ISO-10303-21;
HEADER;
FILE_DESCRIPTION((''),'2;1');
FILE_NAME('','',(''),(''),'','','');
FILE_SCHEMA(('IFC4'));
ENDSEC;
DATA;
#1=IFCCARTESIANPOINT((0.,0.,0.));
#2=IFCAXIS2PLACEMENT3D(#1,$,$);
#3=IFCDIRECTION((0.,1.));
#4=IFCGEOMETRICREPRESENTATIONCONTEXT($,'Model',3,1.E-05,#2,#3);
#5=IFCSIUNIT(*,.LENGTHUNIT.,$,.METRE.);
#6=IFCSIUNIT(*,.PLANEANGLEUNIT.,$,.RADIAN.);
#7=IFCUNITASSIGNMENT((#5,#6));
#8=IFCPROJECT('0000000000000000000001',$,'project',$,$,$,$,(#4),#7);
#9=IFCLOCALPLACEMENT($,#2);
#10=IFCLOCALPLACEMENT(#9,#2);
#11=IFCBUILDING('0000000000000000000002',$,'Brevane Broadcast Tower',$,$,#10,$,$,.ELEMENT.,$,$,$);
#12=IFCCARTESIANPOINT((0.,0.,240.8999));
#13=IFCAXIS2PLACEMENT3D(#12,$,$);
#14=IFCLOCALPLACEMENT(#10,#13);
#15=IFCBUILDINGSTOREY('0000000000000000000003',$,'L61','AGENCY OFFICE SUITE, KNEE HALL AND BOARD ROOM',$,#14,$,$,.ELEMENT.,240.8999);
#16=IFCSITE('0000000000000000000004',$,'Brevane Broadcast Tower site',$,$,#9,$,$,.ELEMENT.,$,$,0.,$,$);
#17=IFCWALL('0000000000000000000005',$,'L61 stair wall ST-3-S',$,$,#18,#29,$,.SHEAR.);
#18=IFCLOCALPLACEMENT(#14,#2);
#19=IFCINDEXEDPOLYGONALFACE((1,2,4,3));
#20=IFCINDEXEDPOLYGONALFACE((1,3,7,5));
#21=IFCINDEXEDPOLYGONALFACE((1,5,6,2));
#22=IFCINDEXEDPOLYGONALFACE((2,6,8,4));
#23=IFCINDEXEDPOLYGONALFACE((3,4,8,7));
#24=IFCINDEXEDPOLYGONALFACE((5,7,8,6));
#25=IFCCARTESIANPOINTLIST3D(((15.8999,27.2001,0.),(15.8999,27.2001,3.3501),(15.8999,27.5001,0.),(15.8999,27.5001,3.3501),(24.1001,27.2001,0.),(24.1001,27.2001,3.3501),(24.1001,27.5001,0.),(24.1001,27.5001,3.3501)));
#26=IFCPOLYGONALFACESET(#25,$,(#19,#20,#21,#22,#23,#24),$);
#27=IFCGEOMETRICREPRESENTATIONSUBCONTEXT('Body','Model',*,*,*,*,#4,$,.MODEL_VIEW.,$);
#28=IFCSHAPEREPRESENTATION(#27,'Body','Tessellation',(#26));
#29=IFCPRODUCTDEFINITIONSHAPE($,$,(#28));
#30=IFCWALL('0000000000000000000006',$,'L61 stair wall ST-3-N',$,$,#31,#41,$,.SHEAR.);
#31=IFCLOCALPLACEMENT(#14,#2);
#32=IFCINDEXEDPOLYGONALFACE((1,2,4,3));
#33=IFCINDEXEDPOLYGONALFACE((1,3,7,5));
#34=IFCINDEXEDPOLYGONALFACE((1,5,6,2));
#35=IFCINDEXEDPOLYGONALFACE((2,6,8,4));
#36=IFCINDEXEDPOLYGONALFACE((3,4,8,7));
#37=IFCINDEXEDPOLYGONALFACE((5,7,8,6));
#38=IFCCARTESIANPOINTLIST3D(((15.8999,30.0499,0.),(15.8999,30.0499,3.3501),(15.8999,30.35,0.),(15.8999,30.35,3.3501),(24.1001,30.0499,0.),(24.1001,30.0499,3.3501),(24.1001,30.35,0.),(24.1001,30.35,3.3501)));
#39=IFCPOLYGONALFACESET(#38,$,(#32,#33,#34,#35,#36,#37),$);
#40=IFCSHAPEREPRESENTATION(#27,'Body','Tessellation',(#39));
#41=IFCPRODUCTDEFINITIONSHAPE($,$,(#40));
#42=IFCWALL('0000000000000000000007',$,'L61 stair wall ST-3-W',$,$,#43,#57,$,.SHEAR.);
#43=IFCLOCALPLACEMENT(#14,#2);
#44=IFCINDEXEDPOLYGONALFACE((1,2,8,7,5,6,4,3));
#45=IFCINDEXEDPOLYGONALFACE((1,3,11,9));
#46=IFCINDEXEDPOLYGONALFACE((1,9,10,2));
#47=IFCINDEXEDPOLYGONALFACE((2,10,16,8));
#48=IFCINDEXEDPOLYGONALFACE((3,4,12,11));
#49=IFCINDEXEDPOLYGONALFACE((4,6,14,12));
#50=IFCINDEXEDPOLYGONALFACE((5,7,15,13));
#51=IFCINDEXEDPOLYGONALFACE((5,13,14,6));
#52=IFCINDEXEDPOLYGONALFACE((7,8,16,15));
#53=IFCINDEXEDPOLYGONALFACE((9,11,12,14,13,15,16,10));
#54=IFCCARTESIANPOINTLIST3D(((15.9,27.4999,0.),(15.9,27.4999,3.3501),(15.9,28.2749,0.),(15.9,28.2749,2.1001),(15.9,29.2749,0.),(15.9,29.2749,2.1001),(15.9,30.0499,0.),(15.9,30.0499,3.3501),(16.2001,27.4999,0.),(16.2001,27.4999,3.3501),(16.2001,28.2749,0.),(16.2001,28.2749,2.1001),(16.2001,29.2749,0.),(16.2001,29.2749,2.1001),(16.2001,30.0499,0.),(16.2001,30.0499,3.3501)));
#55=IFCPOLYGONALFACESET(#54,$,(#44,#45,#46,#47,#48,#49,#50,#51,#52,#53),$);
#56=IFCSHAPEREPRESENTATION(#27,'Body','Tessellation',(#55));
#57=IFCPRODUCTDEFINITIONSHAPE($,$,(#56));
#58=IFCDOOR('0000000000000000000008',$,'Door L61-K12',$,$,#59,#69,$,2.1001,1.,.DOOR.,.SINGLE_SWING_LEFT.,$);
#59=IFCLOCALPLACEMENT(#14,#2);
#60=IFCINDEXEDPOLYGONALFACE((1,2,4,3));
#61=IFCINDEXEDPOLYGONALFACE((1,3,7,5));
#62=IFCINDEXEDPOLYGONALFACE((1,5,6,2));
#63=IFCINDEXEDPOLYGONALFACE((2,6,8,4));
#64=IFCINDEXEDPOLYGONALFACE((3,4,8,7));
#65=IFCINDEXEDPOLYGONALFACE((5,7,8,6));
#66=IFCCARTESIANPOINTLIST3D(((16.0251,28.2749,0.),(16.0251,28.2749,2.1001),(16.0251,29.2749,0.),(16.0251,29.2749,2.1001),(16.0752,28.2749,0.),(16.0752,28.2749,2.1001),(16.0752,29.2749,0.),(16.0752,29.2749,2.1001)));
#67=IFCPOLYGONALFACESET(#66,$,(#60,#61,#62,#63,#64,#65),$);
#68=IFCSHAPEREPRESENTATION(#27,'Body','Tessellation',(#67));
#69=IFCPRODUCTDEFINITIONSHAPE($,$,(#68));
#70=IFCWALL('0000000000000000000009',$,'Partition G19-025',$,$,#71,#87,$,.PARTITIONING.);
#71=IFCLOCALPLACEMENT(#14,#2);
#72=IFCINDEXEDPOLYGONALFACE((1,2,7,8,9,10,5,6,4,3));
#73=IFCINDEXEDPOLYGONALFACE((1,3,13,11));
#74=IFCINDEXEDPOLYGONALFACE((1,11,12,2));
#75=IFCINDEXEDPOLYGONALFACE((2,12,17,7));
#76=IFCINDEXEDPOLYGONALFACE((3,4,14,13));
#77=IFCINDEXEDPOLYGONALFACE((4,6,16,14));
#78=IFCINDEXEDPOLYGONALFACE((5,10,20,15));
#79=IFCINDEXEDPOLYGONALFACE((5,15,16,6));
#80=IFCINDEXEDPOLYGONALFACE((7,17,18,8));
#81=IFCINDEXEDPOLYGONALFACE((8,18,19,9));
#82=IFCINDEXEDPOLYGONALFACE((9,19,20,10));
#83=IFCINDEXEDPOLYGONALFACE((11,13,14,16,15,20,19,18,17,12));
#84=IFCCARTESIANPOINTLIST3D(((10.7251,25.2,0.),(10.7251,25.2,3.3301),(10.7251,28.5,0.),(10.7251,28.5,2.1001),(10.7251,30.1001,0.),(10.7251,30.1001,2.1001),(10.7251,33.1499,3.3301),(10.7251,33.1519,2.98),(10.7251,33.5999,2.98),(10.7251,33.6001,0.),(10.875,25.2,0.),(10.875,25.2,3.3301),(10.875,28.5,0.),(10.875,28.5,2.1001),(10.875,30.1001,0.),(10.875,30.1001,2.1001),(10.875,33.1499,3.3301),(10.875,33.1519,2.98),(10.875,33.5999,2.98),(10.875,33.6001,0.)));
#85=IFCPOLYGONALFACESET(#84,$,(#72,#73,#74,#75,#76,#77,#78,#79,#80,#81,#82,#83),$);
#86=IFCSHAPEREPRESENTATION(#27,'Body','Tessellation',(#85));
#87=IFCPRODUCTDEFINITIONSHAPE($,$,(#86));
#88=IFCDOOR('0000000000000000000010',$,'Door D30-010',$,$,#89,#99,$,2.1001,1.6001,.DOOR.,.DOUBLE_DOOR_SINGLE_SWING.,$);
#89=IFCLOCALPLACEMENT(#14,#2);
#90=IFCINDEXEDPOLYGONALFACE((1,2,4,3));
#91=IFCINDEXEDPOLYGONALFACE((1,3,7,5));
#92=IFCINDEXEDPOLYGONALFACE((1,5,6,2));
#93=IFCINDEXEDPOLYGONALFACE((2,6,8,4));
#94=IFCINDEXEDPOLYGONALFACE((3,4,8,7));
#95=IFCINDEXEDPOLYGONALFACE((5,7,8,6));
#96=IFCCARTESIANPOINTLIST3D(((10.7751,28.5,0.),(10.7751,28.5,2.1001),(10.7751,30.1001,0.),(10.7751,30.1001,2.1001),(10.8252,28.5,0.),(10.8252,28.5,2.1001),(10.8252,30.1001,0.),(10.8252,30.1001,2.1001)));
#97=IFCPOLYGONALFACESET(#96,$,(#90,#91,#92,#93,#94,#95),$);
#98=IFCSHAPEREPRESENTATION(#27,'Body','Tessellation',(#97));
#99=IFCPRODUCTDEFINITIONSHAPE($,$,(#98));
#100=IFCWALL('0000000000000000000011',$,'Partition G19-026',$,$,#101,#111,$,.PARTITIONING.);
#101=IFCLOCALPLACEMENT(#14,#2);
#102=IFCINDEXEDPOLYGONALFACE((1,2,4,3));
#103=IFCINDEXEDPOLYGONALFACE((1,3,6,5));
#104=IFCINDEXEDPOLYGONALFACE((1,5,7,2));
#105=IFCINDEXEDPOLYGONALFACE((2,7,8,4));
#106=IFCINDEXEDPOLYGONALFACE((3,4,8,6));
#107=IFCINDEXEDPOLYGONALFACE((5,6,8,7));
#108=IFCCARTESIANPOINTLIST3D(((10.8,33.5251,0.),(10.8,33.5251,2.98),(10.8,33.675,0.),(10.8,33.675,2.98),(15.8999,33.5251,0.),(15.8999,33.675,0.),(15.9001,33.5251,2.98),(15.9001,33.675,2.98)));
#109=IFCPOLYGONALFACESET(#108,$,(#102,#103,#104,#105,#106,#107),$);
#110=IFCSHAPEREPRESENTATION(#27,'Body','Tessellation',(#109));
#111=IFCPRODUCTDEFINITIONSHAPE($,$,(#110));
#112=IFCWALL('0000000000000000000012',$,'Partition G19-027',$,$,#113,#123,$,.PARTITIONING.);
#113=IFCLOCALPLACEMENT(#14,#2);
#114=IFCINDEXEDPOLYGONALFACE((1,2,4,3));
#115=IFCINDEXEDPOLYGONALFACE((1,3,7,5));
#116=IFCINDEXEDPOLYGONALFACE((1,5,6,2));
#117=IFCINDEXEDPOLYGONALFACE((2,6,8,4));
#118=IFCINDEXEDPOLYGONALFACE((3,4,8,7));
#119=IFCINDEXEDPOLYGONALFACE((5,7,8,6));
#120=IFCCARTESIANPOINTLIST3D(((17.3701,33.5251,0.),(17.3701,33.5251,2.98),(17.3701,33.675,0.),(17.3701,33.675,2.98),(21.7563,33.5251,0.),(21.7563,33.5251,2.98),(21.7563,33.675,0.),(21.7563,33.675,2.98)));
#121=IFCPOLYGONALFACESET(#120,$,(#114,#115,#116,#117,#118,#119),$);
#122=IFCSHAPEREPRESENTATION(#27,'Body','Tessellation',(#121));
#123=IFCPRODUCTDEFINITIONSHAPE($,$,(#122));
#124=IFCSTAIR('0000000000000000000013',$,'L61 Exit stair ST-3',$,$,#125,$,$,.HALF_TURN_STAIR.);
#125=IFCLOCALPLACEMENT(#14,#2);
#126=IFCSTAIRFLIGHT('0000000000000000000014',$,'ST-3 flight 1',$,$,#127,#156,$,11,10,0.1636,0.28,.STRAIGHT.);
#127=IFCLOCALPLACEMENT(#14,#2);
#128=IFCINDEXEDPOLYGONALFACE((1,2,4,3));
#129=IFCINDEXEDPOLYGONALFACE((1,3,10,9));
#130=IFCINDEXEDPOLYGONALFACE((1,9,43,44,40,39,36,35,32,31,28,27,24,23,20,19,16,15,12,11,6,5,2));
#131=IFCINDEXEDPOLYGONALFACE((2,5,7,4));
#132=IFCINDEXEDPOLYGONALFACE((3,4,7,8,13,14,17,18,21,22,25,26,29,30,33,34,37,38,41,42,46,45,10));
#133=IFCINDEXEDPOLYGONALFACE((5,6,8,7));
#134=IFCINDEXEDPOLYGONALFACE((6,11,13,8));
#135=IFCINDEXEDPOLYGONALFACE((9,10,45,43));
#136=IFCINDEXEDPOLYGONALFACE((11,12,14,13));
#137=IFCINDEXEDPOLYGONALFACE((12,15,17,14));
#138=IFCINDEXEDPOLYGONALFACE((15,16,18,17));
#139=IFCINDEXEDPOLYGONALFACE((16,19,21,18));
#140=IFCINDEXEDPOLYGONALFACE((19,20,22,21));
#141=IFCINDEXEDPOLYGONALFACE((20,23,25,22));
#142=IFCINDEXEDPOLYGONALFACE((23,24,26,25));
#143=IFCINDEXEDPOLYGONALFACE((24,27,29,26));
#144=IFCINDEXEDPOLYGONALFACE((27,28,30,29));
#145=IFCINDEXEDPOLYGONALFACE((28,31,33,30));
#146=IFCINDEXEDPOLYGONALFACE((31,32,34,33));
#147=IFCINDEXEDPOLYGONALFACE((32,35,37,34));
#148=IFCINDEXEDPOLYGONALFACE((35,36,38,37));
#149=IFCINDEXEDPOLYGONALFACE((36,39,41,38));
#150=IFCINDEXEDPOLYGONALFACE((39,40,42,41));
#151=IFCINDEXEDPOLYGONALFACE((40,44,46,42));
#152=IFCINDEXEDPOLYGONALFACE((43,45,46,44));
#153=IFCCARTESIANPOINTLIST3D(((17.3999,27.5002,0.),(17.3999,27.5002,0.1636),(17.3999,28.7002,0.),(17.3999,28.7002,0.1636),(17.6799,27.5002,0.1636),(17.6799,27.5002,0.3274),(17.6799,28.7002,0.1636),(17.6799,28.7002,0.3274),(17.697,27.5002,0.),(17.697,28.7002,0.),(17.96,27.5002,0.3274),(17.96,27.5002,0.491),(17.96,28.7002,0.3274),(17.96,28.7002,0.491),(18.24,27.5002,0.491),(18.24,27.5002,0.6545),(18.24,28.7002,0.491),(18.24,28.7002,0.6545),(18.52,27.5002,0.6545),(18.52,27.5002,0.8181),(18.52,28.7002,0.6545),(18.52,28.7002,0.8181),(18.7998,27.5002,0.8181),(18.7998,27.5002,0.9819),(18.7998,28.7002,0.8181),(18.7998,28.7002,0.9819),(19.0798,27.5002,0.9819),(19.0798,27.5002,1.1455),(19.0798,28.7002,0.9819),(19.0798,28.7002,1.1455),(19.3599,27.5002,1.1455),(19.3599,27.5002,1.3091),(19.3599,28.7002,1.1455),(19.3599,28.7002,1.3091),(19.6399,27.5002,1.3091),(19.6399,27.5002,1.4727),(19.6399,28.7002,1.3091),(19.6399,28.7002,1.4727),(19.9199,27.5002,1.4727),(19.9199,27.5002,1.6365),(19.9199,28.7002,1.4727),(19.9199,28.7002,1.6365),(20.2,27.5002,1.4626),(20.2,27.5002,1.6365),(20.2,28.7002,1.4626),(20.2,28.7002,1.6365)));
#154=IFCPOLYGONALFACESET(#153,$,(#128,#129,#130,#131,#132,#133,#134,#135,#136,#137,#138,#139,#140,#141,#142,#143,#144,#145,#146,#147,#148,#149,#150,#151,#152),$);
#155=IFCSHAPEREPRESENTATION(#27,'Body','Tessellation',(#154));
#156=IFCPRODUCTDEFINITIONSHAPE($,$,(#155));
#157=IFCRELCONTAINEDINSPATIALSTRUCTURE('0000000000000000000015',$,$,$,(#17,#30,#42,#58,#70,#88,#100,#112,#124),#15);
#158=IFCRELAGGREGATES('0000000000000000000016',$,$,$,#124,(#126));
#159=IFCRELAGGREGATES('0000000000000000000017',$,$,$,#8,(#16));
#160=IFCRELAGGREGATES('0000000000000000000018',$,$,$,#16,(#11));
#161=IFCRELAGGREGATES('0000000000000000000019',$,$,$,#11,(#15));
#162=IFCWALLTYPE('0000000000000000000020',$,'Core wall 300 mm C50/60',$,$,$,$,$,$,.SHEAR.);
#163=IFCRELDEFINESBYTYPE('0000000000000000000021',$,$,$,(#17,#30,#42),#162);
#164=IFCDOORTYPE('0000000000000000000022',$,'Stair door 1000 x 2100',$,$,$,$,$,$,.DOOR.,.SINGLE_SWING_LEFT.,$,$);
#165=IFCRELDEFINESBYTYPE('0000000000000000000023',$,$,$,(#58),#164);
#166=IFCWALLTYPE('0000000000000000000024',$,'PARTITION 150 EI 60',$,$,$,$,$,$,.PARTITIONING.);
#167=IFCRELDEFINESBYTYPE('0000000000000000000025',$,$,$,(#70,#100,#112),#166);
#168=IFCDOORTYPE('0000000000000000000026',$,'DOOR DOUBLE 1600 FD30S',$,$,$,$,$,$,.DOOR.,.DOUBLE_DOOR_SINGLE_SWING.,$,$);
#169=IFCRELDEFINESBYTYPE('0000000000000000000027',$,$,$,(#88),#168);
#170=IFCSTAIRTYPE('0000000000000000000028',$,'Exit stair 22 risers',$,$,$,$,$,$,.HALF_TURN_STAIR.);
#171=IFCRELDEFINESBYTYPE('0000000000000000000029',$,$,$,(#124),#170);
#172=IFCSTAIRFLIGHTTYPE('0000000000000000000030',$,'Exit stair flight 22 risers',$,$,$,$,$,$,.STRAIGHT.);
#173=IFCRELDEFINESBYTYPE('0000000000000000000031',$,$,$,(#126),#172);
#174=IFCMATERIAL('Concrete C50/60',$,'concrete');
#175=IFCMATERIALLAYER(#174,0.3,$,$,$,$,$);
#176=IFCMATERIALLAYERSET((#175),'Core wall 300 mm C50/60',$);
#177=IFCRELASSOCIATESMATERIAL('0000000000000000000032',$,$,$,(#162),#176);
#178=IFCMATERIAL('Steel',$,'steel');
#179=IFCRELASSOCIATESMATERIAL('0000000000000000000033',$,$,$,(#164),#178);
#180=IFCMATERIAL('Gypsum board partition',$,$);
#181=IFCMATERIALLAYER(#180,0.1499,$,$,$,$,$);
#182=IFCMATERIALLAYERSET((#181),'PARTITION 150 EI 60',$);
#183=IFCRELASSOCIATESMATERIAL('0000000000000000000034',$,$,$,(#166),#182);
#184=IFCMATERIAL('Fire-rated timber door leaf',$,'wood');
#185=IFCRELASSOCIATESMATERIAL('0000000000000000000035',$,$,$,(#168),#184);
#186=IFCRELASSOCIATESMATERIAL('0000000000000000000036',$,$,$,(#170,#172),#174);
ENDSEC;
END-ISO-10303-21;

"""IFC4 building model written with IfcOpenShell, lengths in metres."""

from ifc_helpers import new_model, si_unit, direction, frame, frame_2d, origin, place, context, subcontext, project, spatial, polyline, rectangle, outline, extrude, material, layer, layer_set, type_object, element, fill, aggregate, save


model = new_model("IFC4")

# Units and contexts
model_context = context("Model", 3, precision=1e-05, world=origin(), true_north=direction((0.0, 1.0)))
body_context = subcontext(model_context, "Body", "Model", "MODEL_VIEW")
ifc_project = project(units=[si_unit("LENGTHUNIT", "METRE"), si_unit("PLANEANGLEUNIT", "RADIAN")], contexts=[model_context])

# Site, building, storey
site_placement = place(None, origin())
site = spatial("IfcSite", under=ifc_project, at=site_placement, Name="Brevane Broadcast Tower site", CompositionType="ELEMENT", RefElevation=0.0)
building_placement = place(site_placement, origin())
building = spatial("IfcBuilding", under=site, at=building_placement, Name="Brevane Broadcast Tower", CompositionType="ELEMENT")
storey_placement = place(building_placement, frame((0.0, 0.0, 240.8999)))
storey = spatial("IfcBuildingStorey", under=building, at=storey_placement, Name="L61", Description="AGENCY OFFICE SUITE, KNEE HALL AND BOARD ROOM", CompositionType="ELEMENT", Elevation=240.8999)

# Shared definitions
ifc_material_1 = material(Name="Concrete C50/60", Category="concrete")

# Shared definitions
ifc_layer_1 = layer(ifc_material_1, 0.3)
ifc_layer_set_1 = layer_set([ifc_layer_1], Name="Core wall 300 mm C50/60")
wall_type_1 = type_object("IfcWallType", Name="Core wall 300 mm C50/60", PredefinedType="SHEAR", material=ifc_layer_set_1)
ifc_material_2 = material(Name="Steel", Category="steel")
door_type_1 = type_object("IfcDoorType", Name="Stair door 1000 x 2100", OperationType="SINGLE_SWING_LEFT", PredefinedType="DOOR", material=ifc_material_2)

# Walls
for number, where, z_axis, x_axis, name in (
    (1, (15.8999, 27.3501, 0.0), (0.0, 0.0, 1.0), (1.0, 0.0, 0.0), "L61 stair wall ST-3-S"),
    (2, (15.8999, 30.2, 0.0), (0.0, 0.0, 1.0), (1.0, 0.0, 0.0), "L61 stair wall ST-3-N"),
):
    element("IfcWall", number, at=place(storey_placement, frame(where, z_axis=z_axis, x_axis=x_axis)), inside=storey, type_object=wall_type_1, Name=name, PredefinedType="SHEAR", context=body_context, shape_type="SweptSolid", body=[
        extrude(rectangle(XDim=8.2002, YDim=0.3, at=frame_2d((4.1001, 0.0))), origin(), (0.0, 0.0, 1.0), 3.3501),
    ])

# Walls, openings, doors
wall_1_placement = place(storey_placement, frame((16.05, 27.5, 0.0), z_axis=(0.0, 0.0, 1.0), x_axis=(0.0, 1.0, 0.0)))
wall_1 = element("IfcWall", 3, at=wall_1_placement, inside=storey, type_object=wall_type_1, Name="L61 stair wall ST-3-W", PredefinedType="SHEAR", context=body_context, shape_type="SweptSolid", body=[
    extrude(rectangle(XDim=2.55, YDim=0.3, at=frame_2d((1.2749, 0.0))), origin(), (0.0, 0.0, 1.0), 3.3501),
])
opening_1_placement = place(wall_1_placement, frame((0.7749, 0.0, 0.0)))
opening_1 = element("IfcOpeningElement", 4, at=opening_1_placement, cuts=wall_1, PredefinedType="OPENING", context=body_context, shape_type="SweptSolid", body=[
    extrude(rectangle(XDim=1.0, YDim=2.1001, at=frame_2d((0.5, 1.05))), frame((0.0, 0.1599, 0.0), z_axis=(0.0, -1.0, 0.0), x_axis=(1.0, 0.0, 0.0)), (0.0, 0.0, 1.0), 0.3201),
])
door_1_placement = place(opening_1_placement, origin())
door_1 = element("IfcDoor", 5, at=door_1_placement, inside=storey, type_object=door_type_1, Name="Door L61-K12", OperationType="SINGLE_SWING_LEFT", OverallHeight=2.1001, OverallWidth=1.0, PredefinedType="DOOR", context=body_context, shape_type="SweptSolid", body=[
    extrude(rectangle(XDim=1.0, YDim=2.1001, at=frame_2d((0.5, 1.05))), frame((0.0, 0.0249, 0.0), z_axis=(0.0, -1.0, 0.0), x_axis=(1.0, 0.0, 0.0)), (0.0, 0.0, 1.0), 0.05),
])
fill(opening_1, door_1)
ifc_material_3 = material(Name="Gypsum board partition")
ifc_layer_2 = layer(ifc_material_3, 0.1499)
ifc_layer_set_2 = layer_set([ifc_layer_2], Name="PARTITION 150 EI 60")
wall_type_2 = type_object("IfcWallType", Name="PARTITION 150 EI 60", PredefinedType="PARTITIONING", material=ifc_layer_set_2)
wall_2_placement = place(storey_placement, frame((10.8, 25.2, 0.0), z_axis=(0.0, 0.0, 1.0), x_axis=(0.0, 1.0, 0.0)))
wall_2 = element("IfcWall", 6, at=wall_2_placement, inside=storey, type_object=wall_type_2, Name="Partition G19-025", PredefinedType="PARTITIONING", context=body_context, shape_type="SweptSolid", body=[
    extrude(outline(polyline([(0.0, 0.0), (8.4001, 0.0), (8.3999, 2.98), (7.9519, 2.98), (7.95, 3.3301), (0.0, 3.3301), (0.0, 0.0)])), frame((0.0, 0.075, 0.0), z_axis=(0.0, -1.0, 0.0), x_axis=(1.0, 0.0, 0.0)), (0.0, 0.0, 1.0), 0.1499),
])
opening_2_placement = place(wall_2_placement, frame((3.3, 0.0, 0.0)))
opening_2 = element("IfcOpeningElement", 7, at=opening_2_placement, cuts=wall_2, PredefinedType="OPENING", context=body_context, shape_type="SweptSolid", body=[
    extrude(rectangle(XDim=1.6001, YDim=2.1001, at=frame_2d((0.8, 1.05))), frame((0.0, 0.085, 0.0), z_axis=(0.0, -1.0, 0.0), x_axis=(1.0, 0.0, 0.0)), (0.0, 0.0, 1.0), 0.1699),
])
ifc_material_4 = material(Name="Fire-rated timber door leaf", Category="wood")
door_type_2 = type_object("IfcDoorType", Name="DOOR DOUBLE 1600 FD30S", OperationType="DOUBLE_DOOR_SINGLE_SWING", PredefinedType="DOOR", material=ifc_material_4)
door_2_placement = place(opening_2_placement, origin())
door_2 = element("IfcDoor", 8, at=door_2_placement, inside=storey, type_object=door_type_2, Name="Door D30-010", OperationType="DOUBLE_DOOR_SINGLE_SWING", OverallHeight=2.1001, OverallWidth=1.6001, PredefinedType="DOOR", context=body_context, shape_type="SweptSolid", body=[
    extrude(rectangle(XDim=1.6001, YDim=2.1001, at=frame_2d((0.8, 1.05))), frame((0.0, 0.0249, 0.0), z_axis=(0.0, -1.0, 0.0), x_axis=(1.0, 0.0, 0.0)), (0.0, 0.0, 1.0), 0.05),
])
fill(opening_2, door_2)

# Walls
wall_3_placement = place(storey_placement, frame((10.8, 33.6001, 0.0), z_axis=(0.0, 0.0, 1.0), x_axis=(1.0, 0.0, 0.0)))
element("IfcWall", 9, at=wall_3_placement, inside=storey, type_object=wall_type_2, Name="Partition G19-026", PredefinedType="PARTITIONING", context=body_context, shape_type="SweptSolid", body=[
    extrude(outline(polyline([(0.0, 0.0), (5.0999, 0.0), (5.1001, 2.98), (0.0, 2.98), (0.0, 0.0)])), frame((0.0, 0.075, 0.0), z_axis=(0.0, -1.0, 0.0), x_axis=(1.0, 0.0, 0.0)), (0.0, 0.0, 1.0), 0.1499),
])
wall_4_placement = place(storey_placement, frame((17.3701, 33.6001, 0.0), z_axis=(0.0, 0.0, 1.0), x_axis=(1.0, 0.0, 0.0)))
element("IfcWall", 10, at=wall_4_placement, inside=storey, type_object=wall_type_2, Name="Partition G19-027", PredefinedType="PARTITIONING", context=body_context, shape_type="SweptSolid", body=[
    extrude(rectangle(XDim=4.3862, YDim=0.1499, at=frame_2d((2.1931, 0.0))), origin(), (0.0, 0.0, 1.0), 2.98),
])

# Stair, stair flight
stair_type = type_object("IfcStairType", Name="Exit stair 22 risers", PredefinedType="HALF_TURN_STAIR", material=ifc_material_1)
stair_placement = place(storey_placement, origin())
stair = element("IfcStair", 11, at=stair_placement, inside=storey, type_object=stair_type, Name="L61 Exit stair ST-3", PredefinedType="HALF_TURN_STAIR")
stair_flight_type = type_object("IfcStairFlightType", Name="Exit stair flight 22 risers", PredefinedType="STRAIGHT", material=ifc_material_1)
stair_flight_placement = place(storey_placement, frame((17.3999, 28.1001, 0.0), z_axis=(0.0, 0.0, 1.0), x_axis=(1.0, 0.0, 0.0)))
stair_flight = element("IfcStairFlight", 12, at=stair_flight_placement, type_object=stair_flight_type, Name="ST-3 flight 1", NumberOfRisers=11, NumberOfTreads=10, PredefinedType="STRAIGHT", RiserHeight=0.1636, TreadLength=0.28, context=body_context, shape_type="SweptSolid", body=[
    extrude(outline(polyline([(0.0, 0.0), (0.0, 0.1636), (0.28, 0.1636), (0.28, 0.3274), (0.5601, 0.3274), (0.5601, 0.491), (0.8401, 0.491), (0.8401, 0.6545), (1.1201, 0.6545), (1.1201, 0.8181), (1.3999, 0.8181), (1.3999, 0.9819), (1.6799, 0.9819), (1.6799, 1.1455), (1.96, 1.1455), (1.96, 1.3091), (2.24, 1.3091), (2.24, 1.4727), (2.52, 1.4727), (2.52, 1.6365), (2.8, 1.6365), (2.8, 1.8), (2.8, 1.4626), (0.2971, 0.0), (0.0, 0.0)])), frame((0.0, 0.6001, 0.0), z_axis=(0.0, -1.0, 0.0), x_axis=(1.0, 0.0, 0.0)), (0.0, 0.0, 1.0), 1.2),
])
aggregate(stair, [stair_flight])

save(model, "model.ifc")
